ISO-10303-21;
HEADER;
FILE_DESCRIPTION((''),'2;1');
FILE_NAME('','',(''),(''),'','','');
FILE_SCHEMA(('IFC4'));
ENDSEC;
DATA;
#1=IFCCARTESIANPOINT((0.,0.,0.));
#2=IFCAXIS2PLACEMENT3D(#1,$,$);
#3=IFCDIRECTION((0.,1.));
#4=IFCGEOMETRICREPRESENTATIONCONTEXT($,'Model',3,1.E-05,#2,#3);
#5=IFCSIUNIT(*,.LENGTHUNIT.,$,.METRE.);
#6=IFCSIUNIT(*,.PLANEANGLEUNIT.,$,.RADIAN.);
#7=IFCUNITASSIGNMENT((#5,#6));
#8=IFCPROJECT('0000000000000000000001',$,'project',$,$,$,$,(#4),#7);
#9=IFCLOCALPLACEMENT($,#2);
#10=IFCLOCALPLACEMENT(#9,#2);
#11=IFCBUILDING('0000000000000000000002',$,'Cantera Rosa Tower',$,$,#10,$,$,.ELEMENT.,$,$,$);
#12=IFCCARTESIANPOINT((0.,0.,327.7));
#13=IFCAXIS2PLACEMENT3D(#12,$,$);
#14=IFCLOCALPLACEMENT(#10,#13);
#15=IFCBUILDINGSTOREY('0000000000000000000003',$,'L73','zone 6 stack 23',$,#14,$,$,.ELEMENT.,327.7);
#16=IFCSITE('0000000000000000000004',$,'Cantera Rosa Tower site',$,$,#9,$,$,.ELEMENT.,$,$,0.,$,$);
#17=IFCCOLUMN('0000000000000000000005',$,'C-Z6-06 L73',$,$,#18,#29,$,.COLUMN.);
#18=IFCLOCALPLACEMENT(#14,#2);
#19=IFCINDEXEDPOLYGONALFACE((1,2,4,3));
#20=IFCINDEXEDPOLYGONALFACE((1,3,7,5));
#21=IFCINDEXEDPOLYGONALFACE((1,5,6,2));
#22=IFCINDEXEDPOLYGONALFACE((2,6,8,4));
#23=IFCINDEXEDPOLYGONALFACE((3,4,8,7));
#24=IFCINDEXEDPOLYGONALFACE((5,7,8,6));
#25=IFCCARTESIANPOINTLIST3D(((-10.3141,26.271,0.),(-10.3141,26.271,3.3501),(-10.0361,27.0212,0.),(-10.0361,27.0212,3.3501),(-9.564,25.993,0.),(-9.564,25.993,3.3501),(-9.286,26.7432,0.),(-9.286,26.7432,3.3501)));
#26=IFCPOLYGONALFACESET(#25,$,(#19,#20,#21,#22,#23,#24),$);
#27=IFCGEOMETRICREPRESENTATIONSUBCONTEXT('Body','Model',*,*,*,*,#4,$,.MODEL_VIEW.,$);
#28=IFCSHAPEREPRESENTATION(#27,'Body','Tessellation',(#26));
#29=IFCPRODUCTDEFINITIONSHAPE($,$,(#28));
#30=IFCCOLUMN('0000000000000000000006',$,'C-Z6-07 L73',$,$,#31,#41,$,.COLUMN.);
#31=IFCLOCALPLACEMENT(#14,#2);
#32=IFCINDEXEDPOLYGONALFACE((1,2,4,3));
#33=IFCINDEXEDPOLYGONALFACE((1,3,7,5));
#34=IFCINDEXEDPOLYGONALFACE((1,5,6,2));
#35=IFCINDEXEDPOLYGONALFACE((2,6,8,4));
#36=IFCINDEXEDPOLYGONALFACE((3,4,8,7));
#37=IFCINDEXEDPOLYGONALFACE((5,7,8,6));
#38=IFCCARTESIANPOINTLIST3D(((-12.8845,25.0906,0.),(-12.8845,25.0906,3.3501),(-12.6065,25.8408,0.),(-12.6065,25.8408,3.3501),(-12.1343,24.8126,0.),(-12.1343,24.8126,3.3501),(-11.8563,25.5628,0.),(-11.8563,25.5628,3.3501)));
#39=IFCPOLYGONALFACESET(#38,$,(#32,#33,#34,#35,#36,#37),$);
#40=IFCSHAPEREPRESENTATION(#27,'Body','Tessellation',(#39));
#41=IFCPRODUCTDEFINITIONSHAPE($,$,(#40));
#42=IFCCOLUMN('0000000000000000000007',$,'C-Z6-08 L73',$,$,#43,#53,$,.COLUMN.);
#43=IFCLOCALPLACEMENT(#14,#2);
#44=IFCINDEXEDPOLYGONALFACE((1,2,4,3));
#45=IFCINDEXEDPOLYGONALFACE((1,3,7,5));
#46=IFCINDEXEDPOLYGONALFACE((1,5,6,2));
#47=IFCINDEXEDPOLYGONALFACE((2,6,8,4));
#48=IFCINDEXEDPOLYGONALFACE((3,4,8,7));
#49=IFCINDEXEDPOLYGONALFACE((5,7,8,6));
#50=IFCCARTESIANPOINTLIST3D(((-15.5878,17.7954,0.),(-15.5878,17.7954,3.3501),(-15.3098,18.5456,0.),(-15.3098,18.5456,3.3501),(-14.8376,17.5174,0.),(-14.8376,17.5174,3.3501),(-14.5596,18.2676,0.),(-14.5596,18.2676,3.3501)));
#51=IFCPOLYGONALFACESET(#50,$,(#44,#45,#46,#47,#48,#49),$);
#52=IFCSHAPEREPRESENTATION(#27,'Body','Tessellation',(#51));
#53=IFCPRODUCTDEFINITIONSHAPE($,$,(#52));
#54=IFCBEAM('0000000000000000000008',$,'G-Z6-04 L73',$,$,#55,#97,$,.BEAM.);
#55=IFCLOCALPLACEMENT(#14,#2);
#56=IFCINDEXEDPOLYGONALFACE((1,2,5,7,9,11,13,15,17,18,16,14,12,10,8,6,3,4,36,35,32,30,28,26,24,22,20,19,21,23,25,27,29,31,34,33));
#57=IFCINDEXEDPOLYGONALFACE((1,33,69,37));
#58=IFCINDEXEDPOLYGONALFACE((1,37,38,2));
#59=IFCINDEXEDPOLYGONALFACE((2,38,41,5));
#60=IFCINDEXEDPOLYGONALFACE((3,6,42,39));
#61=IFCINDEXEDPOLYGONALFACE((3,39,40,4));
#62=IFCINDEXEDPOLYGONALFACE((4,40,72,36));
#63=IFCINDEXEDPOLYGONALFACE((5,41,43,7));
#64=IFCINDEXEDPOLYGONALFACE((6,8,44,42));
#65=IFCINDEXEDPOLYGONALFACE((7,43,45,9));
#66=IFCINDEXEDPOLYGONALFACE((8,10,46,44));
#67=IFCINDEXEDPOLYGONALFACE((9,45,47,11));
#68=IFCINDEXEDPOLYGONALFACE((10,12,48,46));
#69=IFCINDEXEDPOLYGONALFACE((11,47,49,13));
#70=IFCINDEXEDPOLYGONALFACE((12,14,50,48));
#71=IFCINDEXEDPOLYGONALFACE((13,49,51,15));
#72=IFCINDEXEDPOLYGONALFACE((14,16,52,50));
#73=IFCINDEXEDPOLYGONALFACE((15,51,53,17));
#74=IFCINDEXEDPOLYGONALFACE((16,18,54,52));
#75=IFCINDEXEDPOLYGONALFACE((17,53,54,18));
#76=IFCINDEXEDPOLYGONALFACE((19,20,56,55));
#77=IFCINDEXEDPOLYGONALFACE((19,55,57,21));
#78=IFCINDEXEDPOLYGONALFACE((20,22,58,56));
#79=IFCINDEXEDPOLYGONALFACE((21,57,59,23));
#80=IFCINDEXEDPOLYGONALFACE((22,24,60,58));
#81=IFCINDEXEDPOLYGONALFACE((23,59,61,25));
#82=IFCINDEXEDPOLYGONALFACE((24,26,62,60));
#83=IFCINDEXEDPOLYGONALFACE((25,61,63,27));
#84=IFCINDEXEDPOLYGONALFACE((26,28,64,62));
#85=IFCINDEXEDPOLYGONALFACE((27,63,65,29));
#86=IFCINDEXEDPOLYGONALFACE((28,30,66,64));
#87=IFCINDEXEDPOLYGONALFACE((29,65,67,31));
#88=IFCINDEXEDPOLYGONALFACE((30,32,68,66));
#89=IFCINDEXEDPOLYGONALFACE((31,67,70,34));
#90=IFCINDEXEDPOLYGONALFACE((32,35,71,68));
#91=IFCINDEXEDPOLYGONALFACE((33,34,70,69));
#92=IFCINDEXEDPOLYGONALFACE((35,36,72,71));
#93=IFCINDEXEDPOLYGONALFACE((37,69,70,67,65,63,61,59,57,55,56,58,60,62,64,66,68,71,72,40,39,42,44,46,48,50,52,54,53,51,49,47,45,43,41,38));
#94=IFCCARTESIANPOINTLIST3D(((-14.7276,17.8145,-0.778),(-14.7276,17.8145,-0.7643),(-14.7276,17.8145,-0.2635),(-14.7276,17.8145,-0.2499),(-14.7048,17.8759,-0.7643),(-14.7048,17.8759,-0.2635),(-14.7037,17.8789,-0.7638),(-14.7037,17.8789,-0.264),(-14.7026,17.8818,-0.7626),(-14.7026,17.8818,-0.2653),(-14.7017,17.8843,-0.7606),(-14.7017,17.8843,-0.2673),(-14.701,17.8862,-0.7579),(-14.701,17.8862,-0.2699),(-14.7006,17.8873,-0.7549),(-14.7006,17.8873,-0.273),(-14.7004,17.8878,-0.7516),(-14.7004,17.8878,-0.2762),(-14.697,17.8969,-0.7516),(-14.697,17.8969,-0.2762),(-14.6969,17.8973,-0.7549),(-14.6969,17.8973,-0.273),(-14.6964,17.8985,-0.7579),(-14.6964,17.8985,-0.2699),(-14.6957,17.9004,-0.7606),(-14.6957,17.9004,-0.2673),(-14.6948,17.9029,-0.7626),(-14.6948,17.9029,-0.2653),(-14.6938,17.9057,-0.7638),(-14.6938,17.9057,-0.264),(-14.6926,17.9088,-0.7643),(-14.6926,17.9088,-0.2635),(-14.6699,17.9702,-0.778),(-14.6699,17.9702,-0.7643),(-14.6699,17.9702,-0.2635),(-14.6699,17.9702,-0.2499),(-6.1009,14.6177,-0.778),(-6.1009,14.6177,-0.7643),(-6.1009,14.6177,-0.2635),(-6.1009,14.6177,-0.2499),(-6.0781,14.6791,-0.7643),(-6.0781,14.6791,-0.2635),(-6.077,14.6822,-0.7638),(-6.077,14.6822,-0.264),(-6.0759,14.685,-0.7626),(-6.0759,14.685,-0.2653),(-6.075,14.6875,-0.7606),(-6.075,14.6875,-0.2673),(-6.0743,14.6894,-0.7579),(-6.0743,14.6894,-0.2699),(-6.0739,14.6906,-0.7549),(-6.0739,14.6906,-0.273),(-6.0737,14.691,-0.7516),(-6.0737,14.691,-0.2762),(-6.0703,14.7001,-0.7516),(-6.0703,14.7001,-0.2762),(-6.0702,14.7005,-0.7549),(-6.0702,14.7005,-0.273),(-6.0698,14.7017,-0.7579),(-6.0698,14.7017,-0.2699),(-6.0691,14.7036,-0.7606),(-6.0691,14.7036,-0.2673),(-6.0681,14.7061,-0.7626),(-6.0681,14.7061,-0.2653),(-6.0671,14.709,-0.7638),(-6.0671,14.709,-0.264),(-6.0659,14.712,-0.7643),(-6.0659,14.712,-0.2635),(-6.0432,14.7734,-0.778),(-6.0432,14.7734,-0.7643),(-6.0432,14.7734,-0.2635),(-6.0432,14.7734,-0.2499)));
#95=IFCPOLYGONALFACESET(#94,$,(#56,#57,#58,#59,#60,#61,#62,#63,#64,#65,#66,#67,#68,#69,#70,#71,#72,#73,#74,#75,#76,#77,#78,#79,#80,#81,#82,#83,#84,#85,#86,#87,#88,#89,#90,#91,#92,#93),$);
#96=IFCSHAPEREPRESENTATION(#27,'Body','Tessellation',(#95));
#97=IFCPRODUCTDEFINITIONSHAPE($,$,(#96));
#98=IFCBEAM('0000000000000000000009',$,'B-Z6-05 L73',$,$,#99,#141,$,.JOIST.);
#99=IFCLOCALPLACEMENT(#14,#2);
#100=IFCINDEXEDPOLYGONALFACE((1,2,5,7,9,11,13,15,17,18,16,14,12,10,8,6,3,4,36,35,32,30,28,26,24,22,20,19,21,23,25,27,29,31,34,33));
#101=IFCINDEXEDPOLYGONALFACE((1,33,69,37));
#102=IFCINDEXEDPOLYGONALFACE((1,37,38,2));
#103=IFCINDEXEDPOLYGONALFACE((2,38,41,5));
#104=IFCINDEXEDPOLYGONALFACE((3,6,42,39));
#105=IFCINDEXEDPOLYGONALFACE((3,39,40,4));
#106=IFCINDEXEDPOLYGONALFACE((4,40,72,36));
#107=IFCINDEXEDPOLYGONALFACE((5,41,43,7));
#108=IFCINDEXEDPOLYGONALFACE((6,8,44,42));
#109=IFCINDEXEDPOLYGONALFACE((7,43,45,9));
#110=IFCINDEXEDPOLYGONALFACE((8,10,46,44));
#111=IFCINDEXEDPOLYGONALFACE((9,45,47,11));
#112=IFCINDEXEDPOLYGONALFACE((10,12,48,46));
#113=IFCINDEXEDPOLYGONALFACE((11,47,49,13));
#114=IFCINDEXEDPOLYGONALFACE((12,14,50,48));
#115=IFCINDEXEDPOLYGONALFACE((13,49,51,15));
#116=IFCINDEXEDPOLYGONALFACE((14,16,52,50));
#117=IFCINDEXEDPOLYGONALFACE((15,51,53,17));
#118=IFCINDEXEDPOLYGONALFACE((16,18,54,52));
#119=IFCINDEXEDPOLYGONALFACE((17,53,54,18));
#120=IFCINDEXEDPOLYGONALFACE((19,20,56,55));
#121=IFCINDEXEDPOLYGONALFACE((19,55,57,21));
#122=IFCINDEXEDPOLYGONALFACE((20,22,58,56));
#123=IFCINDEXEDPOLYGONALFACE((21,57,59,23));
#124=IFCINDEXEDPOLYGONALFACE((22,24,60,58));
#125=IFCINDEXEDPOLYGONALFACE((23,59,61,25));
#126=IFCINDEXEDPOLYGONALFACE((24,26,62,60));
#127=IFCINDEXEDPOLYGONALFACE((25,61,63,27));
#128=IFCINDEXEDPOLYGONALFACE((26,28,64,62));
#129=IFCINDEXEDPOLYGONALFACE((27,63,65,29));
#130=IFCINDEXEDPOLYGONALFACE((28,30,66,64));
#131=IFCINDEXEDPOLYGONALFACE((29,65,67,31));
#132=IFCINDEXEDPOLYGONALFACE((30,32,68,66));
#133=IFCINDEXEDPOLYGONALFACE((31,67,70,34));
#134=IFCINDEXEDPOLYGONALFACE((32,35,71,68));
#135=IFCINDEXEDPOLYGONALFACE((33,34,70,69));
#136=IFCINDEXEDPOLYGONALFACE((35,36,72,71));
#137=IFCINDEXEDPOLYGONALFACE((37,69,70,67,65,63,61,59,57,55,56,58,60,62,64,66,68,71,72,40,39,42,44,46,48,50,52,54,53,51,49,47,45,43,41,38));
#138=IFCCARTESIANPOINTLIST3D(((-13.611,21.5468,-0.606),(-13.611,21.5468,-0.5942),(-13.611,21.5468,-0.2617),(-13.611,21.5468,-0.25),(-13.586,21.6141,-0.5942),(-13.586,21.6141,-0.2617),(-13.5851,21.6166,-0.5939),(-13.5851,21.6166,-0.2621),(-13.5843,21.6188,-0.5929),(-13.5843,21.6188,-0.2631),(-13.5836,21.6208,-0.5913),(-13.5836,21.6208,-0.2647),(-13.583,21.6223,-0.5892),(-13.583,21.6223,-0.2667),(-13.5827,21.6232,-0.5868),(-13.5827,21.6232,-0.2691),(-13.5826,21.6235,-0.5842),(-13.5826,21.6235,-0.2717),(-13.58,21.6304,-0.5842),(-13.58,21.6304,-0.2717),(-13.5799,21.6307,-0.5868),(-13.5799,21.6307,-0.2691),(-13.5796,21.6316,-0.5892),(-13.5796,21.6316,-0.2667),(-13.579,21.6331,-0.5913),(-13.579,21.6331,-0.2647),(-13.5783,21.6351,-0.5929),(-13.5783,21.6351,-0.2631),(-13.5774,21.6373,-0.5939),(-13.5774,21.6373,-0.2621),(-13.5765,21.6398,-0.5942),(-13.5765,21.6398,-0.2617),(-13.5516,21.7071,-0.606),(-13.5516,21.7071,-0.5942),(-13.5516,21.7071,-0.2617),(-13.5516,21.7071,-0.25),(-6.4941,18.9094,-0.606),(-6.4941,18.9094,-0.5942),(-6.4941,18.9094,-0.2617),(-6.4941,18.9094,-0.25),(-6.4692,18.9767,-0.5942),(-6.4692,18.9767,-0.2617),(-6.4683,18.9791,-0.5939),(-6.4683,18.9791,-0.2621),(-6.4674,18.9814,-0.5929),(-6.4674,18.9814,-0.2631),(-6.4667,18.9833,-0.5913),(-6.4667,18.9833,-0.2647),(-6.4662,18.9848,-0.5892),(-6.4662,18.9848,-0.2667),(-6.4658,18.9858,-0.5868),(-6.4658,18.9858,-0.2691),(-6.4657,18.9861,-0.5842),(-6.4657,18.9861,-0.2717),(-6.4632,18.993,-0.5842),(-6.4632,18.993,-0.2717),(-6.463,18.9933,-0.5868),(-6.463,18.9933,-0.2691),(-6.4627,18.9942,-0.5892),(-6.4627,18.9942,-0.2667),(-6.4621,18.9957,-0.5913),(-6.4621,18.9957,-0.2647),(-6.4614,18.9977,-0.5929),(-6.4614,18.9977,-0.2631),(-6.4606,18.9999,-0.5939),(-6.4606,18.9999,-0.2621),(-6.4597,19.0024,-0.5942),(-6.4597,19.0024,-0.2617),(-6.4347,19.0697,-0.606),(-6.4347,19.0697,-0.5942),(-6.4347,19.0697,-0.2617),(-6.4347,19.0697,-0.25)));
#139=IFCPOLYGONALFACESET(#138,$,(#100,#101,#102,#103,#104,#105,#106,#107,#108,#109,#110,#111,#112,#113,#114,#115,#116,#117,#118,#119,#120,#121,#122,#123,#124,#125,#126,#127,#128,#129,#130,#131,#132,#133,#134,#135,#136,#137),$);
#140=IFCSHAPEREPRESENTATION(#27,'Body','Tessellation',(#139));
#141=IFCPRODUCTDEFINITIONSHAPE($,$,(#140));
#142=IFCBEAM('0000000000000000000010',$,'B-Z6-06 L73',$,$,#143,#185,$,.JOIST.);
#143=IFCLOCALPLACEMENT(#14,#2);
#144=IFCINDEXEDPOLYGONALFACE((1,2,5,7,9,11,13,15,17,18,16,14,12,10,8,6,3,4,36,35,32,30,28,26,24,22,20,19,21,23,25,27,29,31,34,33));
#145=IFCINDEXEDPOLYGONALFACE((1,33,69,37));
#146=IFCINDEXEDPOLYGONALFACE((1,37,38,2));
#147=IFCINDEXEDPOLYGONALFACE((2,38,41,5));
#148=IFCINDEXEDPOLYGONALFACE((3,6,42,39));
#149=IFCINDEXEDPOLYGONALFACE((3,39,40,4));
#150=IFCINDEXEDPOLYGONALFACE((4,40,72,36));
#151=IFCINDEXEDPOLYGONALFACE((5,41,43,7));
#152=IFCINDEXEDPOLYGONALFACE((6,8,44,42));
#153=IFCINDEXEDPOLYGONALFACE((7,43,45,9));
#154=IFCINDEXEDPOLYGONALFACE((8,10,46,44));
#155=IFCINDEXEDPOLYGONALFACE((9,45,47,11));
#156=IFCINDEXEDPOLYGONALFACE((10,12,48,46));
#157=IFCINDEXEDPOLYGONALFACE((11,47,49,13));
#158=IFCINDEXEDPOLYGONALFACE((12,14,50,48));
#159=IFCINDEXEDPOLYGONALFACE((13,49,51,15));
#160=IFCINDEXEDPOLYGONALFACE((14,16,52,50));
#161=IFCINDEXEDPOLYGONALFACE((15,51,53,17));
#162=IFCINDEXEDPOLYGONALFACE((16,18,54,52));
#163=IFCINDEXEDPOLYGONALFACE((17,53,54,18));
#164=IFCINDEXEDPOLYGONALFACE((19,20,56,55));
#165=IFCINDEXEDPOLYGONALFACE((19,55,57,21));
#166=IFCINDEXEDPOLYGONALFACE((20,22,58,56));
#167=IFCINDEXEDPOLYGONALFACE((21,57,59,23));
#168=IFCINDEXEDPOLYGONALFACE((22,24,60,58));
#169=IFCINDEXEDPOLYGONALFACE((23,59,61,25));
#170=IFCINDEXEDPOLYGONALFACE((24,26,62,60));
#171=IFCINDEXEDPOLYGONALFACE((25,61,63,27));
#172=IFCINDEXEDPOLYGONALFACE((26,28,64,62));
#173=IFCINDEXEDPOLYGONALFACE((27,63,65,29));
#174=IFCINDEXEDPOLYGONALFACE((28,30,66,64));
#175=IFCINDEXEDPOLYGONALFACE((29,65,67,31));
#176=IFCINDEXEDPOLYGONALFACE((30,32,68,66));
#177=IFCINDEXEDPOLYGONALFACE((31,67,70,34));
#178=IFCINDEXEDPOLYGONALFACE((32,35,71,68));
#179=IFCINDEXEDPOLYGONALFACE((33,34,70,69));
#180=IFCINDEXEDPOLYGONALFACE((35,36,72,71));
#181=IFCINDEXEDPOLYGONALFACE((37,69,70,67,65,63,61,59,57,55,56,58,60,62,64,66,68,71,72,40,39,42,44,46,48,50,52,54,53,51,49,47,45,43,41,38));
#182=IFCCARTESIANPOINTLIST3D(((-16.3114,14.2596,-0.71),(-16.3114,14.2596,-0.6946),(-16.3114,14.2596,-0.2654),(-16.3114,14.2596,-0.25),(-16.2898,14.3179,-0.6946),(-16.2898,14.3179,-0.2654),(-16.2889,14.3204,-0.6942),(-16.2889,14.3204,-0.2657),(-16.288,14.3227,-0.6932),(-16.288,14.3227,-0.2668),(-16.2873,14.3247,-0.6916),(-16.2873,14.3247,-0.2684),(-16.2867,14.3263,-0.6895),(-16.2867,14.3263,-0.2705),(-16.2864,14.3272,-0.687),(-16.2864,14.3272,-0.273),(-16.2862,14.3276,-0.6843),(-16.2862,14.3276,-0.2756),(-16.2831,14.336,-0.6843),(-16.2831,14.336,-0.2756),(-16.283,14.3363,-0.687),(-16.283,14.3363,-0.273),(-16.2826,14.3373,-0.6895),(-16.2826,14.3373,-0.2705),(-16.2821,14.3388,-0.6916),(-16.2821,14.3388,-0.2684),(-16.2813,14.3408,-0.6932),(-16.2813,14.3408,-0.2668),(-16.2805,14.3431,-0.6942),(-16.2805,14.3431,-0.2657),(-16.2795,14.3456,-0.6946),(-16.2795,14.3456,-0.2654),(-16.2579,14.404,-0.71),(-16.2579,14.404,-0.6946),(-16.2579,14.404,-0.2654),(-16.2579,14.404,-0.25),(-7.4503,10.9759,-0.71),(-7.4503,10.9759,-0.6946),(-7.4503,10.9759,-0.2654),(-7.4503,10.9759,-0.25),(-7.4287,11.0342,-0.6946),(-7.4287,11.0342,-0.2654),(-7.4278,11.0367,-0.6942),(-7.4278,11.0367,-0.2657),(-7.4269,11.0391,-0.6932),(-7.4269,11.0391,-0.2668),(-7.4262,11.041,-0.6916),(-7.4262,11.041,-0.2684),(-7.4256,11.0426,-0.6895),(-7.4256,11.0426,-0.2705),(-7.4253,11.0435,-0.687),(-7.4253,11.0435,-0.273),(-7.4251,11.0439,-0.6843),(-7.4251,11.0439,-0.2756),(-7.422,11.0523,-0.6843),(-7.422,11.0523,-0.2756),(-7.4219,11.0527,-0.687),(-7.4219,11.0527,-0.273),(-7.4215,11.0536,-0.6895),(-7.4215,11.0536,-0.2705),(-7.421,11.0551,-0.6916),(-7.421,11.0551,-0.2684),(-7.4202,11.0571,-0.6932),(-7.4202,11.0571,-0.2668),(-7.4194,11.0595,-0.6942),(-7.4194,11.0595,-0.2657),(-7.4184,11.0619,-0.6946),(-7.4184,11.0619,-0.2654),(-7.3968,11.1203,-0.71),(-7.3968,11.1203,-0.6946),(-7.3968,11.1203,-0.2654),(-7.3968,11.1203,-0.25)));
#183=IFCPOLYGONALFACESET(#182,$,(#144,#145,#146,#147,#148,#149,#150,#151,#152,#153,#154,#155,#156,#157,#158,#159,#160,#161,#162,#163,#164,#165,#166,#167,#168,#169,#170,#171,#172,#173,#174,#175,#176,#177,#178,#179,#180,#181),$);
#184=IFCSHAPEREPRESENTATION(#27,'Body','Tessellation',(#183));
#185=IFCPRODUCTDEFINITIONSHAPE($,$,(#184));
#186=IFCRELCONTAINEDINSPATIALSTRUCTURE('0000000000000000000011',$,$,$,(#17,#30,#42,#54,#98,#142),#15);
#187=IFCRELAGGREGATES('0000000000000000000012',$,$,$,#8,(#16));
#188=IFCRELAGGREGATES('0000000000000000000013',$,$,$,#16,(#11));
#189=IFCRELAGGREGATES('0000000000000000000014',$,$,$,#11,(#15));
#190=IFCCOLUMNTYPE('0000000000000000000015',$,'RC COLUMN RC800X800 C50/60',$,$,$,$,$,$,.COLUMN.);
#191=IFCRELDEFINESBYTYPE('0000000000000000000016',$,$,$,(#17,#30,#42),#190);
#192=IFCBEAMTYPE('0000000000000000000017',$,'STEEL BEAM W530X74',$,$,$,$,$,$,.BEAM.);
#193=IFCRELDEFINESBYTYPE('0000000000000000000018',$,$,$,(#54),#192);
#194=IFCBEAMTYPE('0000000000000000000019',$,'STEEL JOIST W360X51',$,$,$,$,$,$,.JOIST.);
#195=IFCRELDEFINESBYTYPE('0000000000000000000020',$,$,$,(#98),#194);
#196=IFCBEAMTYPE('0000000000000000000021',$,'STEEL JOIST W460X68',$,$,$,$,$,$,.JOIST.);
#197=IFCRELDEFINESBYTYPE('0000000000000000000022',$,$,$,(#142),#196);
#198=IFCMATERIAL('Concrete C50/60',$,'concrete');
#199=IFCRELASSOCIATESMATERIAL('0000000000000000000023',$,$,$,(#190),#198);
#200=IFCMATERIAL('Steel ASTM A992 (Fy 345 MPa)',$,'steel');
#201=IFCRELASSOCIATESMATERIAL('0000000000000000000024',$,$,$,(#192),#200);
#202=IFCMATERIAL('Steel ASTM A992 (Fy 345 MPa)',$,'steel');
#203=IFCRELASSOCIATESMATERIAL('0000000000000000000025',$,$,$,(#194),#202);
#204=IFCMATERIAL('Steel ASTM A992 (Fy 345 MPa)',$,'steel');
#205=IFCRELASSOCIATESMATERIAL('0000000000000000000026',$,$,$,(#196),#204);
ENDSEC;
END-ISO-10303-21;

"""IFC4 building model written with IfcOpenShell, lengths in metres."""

from ifc_helpers import new_model, si_unit, direction, frame, origin, origin_2d, place, context, subcontext, project, spatial, rectangle, i_section, extrude, material, material_profile, profile_set, type_object, element, save


model = new_model("IFC4")

# Units and contexts
model_context = context("Model", 3, precision=1e-05, world=origin(), true_north=direction((0.0, 1.0)))
body_context = subcontext(model_context, "Body", "Model", "MODEL_VIEW")
ifc_project = project(units=[si_unit("LENGTHUNIT", "METRE"), si_unit("PLANEANGLEUNIT", "RADIAN")], contexts=[model_context])

# Site, building, storey
site_placement = place(None, origin())
site = spatial("IfcSite", under=ifc_project, at=site_placement, Name="Cantera Rosa Tower site", CompositionType="ELEMENT", RefElevation=0.0)
building_placement = place(site_placement, origin())
building = spatial("IfcBuilding", under=site, at=building_placement, Name="Cantera Rosa Tower", CompositionType="ELEMENT")
storey_placement = place(building_placement, frame((0.0, 0.0, 327.7)))
storey = spatial("IfcBuildingStorey", under=building, at=storey_placement, Name="L73", Description="zone 6 stack 23", CompositionType="ELEMENT", Elevation=327.7)

# Columns
ifc_material_1 = material(Name="Concrete C50/60", Category="concrete")
ifc_material_profile_1 = material_profile(ifc_material_1, rectangle(XDim=0.8, YDim=0.8, at=origin_2d()), Name="RC COLUMN RC800X800 C50/60")
ifc_profile_set_1 = profile_set([ifc_material_profile_1], Name="Concrete C50/60")
column_type = type_object("IfcColumnType", Name="RC COLUMN RC800X800 C50/60", PredefinedType="COLUMN", material=ifc_profile_set_1)
for number, where, z_axis, x_axis, name in (
    (1, (-9.8, 26.5071, 0.0), (0.0, 0.0, 1.0), (0.347481, 0.937687, 0.0), "C-Z6-06 L73"),
    (2, (-12.3704, 25.3267, 0.0), (0.0, 0.0, 1.0), (0.347481, 0.937687, 0.0), "C-Z6-07 L73"),
    (3, (-15.0737, 18.0315, 0.0), (0.0, 0.0, 1.0), (0.347481, 0.937687, 0.0), "C-Z6-08 L73"),
):
    element("IfcColumn", number, at=place(storey_placement, frame(where, z_axis=z_axis, x_axis=x_axis)), inside=storey, type_object=column_type, Name=name, PredefinedType="COLUMN", context=body_context, shape_type="SweptSolid", body=[
        extrude(rectangle(XDim=0.8, YDim=0.8, at=origin_2d()), origin(), (0.0, 0.0, 1.0), 3.3501),
    ])

# Beams
ifc_material_2 = material(Name="Steel ASTM A992 (Fy 345 MPa)", Category="steel")
ifc_material_profile_2 = material_profile(ifc_material_2, i_section(OverallWidth=0.166, OverallDepth=0.5281, WebThickness=0.0098, FlangeThickness=0.0137, FilletRadius=0.0127, at=origin_2d()), Name="W530X74")
ifc_profile_set_2 = profile_set([ifc_material_profile_2], Name="Steel ASTM A992 (Fy 345 MPa)")
beam_type_1 = type_object("IfcBeamType", Name="STEEL BEAM W530X74", PredefinedType="BEAM", material=ifc_profile_set_2)
beam_1_placement = place(storey_placement, frame((-14.6987, 17.8923, -0.5139), z_axis=(0.937689, -0.347477, 0.0), x_axis=(0.347477, 0.937689, 0.0)))
element("IfcBeam", 4, at=beam_1_placement, inside=storey, type_object=beam_type_1, Name="G-Z6-04 L73", PredefinedType="BEAM", context=body_context, shape_type="SweptSolid", body=[
    extrude(i_section(OverallWidth=0.166, OverallDepth=0.5281, WebThickness=0.0098, FlangeThickness=0.0137, FilletRadius=0.0127, at=origin_2d()), origin(), (0.0, 0.0, 1.0), 9.2),
])
ifc_material_3 = material(Name="Steel ASTM A992 (Fy 345 MPa)", Category="steel")
ifc_material_profile_3 = material_profile(ifc_material_3, i_section(OverallWidth=0.1709, OverallDepth=0.356, WebThickness=0.0073, FlangeThickness=0.0117, FilletRadius=0.01, at=origin_2d()), Name="W360X51")
ifc_profile_set_3 = profile_set([ifc_material_profile_3], Name="Steel ASTM A992 (Fy 345 MPa)")
beam_type_2 = type_object("IfcBeamType", Name="STEEL JOIST W360X51", PredefinedType="JOIST", material=ifc_profile_set_3)
beam_2_placement = place(storey_placement, frame((-13.5813, 21.627, -0.428), z_axis=(0.937682, -0.347493, 0.0), x_axis=(0.347493, 0.937682, 0.0)))
element("IfcBeam", 5, at=beam_2_placement, inside=storey, type_object=beam_type_2, Name="B-Z6-05 L73", PredefinedType="JOIST", context=body_context, shape_type="SweptSolid", body=[
    extrude(i_section(OverallWidth=0.1709, OverallDepth=0.356, WebThickness=0.0073, FlangeThickness=0.0117, FilletRadius=0.01, at=origin_2d()), origin(), (0.0, 0.0, 1.0), 7.5898),
])
ifc_material_4 = material(Name="Steel ASTM A992 (Fy 345 MPa)", Category="steel")
ifc_material_profile_4 = material_profile(ifc_material_4, i_section(OverallWidth=0.1541, OverallDepth=0.46, WebThickness=0.009, FlangeThickness=0.0154, FilletRadius=0.0103, at=origin_2d()), Name="W460X68")
ifc_profile_set_4 = profile_set([ifc_material_profile_4], Name="Steel ASTM A992 (Fy 345 MPa)")
beam_type_3 = type_object("IfcBeamType", Name="STEEL JOIST W460X68", PredefinedType="JOIST", material=ifc_profile_set_4)
beam_3_placement = place(storey_placement, frame((-16.2847, 14.3318, -0.48), z_axis=(0.937686, -0.347483, 0.0), x_axis=(0.347483, 0.937686, 0.0)))
element("IfcBeam", 6, at=beam_3_placement, inside=storey, type_object=beam_type_3, Name="B-Z6-06 L73", PredefinedType="JOIST", context=body_context, shape_type="SweptSolid", body=[
    extrude(i_section(OverallWidth=0.1541, OverallDepth=0.46, WebThickness=0.009, FlangeThickness=0.0154, FilletRadius=0.0103, at=origin_2d()), origin(), (0.0, 0.0, 1.0), 9.45),
])

save(model, "model.ifc")
